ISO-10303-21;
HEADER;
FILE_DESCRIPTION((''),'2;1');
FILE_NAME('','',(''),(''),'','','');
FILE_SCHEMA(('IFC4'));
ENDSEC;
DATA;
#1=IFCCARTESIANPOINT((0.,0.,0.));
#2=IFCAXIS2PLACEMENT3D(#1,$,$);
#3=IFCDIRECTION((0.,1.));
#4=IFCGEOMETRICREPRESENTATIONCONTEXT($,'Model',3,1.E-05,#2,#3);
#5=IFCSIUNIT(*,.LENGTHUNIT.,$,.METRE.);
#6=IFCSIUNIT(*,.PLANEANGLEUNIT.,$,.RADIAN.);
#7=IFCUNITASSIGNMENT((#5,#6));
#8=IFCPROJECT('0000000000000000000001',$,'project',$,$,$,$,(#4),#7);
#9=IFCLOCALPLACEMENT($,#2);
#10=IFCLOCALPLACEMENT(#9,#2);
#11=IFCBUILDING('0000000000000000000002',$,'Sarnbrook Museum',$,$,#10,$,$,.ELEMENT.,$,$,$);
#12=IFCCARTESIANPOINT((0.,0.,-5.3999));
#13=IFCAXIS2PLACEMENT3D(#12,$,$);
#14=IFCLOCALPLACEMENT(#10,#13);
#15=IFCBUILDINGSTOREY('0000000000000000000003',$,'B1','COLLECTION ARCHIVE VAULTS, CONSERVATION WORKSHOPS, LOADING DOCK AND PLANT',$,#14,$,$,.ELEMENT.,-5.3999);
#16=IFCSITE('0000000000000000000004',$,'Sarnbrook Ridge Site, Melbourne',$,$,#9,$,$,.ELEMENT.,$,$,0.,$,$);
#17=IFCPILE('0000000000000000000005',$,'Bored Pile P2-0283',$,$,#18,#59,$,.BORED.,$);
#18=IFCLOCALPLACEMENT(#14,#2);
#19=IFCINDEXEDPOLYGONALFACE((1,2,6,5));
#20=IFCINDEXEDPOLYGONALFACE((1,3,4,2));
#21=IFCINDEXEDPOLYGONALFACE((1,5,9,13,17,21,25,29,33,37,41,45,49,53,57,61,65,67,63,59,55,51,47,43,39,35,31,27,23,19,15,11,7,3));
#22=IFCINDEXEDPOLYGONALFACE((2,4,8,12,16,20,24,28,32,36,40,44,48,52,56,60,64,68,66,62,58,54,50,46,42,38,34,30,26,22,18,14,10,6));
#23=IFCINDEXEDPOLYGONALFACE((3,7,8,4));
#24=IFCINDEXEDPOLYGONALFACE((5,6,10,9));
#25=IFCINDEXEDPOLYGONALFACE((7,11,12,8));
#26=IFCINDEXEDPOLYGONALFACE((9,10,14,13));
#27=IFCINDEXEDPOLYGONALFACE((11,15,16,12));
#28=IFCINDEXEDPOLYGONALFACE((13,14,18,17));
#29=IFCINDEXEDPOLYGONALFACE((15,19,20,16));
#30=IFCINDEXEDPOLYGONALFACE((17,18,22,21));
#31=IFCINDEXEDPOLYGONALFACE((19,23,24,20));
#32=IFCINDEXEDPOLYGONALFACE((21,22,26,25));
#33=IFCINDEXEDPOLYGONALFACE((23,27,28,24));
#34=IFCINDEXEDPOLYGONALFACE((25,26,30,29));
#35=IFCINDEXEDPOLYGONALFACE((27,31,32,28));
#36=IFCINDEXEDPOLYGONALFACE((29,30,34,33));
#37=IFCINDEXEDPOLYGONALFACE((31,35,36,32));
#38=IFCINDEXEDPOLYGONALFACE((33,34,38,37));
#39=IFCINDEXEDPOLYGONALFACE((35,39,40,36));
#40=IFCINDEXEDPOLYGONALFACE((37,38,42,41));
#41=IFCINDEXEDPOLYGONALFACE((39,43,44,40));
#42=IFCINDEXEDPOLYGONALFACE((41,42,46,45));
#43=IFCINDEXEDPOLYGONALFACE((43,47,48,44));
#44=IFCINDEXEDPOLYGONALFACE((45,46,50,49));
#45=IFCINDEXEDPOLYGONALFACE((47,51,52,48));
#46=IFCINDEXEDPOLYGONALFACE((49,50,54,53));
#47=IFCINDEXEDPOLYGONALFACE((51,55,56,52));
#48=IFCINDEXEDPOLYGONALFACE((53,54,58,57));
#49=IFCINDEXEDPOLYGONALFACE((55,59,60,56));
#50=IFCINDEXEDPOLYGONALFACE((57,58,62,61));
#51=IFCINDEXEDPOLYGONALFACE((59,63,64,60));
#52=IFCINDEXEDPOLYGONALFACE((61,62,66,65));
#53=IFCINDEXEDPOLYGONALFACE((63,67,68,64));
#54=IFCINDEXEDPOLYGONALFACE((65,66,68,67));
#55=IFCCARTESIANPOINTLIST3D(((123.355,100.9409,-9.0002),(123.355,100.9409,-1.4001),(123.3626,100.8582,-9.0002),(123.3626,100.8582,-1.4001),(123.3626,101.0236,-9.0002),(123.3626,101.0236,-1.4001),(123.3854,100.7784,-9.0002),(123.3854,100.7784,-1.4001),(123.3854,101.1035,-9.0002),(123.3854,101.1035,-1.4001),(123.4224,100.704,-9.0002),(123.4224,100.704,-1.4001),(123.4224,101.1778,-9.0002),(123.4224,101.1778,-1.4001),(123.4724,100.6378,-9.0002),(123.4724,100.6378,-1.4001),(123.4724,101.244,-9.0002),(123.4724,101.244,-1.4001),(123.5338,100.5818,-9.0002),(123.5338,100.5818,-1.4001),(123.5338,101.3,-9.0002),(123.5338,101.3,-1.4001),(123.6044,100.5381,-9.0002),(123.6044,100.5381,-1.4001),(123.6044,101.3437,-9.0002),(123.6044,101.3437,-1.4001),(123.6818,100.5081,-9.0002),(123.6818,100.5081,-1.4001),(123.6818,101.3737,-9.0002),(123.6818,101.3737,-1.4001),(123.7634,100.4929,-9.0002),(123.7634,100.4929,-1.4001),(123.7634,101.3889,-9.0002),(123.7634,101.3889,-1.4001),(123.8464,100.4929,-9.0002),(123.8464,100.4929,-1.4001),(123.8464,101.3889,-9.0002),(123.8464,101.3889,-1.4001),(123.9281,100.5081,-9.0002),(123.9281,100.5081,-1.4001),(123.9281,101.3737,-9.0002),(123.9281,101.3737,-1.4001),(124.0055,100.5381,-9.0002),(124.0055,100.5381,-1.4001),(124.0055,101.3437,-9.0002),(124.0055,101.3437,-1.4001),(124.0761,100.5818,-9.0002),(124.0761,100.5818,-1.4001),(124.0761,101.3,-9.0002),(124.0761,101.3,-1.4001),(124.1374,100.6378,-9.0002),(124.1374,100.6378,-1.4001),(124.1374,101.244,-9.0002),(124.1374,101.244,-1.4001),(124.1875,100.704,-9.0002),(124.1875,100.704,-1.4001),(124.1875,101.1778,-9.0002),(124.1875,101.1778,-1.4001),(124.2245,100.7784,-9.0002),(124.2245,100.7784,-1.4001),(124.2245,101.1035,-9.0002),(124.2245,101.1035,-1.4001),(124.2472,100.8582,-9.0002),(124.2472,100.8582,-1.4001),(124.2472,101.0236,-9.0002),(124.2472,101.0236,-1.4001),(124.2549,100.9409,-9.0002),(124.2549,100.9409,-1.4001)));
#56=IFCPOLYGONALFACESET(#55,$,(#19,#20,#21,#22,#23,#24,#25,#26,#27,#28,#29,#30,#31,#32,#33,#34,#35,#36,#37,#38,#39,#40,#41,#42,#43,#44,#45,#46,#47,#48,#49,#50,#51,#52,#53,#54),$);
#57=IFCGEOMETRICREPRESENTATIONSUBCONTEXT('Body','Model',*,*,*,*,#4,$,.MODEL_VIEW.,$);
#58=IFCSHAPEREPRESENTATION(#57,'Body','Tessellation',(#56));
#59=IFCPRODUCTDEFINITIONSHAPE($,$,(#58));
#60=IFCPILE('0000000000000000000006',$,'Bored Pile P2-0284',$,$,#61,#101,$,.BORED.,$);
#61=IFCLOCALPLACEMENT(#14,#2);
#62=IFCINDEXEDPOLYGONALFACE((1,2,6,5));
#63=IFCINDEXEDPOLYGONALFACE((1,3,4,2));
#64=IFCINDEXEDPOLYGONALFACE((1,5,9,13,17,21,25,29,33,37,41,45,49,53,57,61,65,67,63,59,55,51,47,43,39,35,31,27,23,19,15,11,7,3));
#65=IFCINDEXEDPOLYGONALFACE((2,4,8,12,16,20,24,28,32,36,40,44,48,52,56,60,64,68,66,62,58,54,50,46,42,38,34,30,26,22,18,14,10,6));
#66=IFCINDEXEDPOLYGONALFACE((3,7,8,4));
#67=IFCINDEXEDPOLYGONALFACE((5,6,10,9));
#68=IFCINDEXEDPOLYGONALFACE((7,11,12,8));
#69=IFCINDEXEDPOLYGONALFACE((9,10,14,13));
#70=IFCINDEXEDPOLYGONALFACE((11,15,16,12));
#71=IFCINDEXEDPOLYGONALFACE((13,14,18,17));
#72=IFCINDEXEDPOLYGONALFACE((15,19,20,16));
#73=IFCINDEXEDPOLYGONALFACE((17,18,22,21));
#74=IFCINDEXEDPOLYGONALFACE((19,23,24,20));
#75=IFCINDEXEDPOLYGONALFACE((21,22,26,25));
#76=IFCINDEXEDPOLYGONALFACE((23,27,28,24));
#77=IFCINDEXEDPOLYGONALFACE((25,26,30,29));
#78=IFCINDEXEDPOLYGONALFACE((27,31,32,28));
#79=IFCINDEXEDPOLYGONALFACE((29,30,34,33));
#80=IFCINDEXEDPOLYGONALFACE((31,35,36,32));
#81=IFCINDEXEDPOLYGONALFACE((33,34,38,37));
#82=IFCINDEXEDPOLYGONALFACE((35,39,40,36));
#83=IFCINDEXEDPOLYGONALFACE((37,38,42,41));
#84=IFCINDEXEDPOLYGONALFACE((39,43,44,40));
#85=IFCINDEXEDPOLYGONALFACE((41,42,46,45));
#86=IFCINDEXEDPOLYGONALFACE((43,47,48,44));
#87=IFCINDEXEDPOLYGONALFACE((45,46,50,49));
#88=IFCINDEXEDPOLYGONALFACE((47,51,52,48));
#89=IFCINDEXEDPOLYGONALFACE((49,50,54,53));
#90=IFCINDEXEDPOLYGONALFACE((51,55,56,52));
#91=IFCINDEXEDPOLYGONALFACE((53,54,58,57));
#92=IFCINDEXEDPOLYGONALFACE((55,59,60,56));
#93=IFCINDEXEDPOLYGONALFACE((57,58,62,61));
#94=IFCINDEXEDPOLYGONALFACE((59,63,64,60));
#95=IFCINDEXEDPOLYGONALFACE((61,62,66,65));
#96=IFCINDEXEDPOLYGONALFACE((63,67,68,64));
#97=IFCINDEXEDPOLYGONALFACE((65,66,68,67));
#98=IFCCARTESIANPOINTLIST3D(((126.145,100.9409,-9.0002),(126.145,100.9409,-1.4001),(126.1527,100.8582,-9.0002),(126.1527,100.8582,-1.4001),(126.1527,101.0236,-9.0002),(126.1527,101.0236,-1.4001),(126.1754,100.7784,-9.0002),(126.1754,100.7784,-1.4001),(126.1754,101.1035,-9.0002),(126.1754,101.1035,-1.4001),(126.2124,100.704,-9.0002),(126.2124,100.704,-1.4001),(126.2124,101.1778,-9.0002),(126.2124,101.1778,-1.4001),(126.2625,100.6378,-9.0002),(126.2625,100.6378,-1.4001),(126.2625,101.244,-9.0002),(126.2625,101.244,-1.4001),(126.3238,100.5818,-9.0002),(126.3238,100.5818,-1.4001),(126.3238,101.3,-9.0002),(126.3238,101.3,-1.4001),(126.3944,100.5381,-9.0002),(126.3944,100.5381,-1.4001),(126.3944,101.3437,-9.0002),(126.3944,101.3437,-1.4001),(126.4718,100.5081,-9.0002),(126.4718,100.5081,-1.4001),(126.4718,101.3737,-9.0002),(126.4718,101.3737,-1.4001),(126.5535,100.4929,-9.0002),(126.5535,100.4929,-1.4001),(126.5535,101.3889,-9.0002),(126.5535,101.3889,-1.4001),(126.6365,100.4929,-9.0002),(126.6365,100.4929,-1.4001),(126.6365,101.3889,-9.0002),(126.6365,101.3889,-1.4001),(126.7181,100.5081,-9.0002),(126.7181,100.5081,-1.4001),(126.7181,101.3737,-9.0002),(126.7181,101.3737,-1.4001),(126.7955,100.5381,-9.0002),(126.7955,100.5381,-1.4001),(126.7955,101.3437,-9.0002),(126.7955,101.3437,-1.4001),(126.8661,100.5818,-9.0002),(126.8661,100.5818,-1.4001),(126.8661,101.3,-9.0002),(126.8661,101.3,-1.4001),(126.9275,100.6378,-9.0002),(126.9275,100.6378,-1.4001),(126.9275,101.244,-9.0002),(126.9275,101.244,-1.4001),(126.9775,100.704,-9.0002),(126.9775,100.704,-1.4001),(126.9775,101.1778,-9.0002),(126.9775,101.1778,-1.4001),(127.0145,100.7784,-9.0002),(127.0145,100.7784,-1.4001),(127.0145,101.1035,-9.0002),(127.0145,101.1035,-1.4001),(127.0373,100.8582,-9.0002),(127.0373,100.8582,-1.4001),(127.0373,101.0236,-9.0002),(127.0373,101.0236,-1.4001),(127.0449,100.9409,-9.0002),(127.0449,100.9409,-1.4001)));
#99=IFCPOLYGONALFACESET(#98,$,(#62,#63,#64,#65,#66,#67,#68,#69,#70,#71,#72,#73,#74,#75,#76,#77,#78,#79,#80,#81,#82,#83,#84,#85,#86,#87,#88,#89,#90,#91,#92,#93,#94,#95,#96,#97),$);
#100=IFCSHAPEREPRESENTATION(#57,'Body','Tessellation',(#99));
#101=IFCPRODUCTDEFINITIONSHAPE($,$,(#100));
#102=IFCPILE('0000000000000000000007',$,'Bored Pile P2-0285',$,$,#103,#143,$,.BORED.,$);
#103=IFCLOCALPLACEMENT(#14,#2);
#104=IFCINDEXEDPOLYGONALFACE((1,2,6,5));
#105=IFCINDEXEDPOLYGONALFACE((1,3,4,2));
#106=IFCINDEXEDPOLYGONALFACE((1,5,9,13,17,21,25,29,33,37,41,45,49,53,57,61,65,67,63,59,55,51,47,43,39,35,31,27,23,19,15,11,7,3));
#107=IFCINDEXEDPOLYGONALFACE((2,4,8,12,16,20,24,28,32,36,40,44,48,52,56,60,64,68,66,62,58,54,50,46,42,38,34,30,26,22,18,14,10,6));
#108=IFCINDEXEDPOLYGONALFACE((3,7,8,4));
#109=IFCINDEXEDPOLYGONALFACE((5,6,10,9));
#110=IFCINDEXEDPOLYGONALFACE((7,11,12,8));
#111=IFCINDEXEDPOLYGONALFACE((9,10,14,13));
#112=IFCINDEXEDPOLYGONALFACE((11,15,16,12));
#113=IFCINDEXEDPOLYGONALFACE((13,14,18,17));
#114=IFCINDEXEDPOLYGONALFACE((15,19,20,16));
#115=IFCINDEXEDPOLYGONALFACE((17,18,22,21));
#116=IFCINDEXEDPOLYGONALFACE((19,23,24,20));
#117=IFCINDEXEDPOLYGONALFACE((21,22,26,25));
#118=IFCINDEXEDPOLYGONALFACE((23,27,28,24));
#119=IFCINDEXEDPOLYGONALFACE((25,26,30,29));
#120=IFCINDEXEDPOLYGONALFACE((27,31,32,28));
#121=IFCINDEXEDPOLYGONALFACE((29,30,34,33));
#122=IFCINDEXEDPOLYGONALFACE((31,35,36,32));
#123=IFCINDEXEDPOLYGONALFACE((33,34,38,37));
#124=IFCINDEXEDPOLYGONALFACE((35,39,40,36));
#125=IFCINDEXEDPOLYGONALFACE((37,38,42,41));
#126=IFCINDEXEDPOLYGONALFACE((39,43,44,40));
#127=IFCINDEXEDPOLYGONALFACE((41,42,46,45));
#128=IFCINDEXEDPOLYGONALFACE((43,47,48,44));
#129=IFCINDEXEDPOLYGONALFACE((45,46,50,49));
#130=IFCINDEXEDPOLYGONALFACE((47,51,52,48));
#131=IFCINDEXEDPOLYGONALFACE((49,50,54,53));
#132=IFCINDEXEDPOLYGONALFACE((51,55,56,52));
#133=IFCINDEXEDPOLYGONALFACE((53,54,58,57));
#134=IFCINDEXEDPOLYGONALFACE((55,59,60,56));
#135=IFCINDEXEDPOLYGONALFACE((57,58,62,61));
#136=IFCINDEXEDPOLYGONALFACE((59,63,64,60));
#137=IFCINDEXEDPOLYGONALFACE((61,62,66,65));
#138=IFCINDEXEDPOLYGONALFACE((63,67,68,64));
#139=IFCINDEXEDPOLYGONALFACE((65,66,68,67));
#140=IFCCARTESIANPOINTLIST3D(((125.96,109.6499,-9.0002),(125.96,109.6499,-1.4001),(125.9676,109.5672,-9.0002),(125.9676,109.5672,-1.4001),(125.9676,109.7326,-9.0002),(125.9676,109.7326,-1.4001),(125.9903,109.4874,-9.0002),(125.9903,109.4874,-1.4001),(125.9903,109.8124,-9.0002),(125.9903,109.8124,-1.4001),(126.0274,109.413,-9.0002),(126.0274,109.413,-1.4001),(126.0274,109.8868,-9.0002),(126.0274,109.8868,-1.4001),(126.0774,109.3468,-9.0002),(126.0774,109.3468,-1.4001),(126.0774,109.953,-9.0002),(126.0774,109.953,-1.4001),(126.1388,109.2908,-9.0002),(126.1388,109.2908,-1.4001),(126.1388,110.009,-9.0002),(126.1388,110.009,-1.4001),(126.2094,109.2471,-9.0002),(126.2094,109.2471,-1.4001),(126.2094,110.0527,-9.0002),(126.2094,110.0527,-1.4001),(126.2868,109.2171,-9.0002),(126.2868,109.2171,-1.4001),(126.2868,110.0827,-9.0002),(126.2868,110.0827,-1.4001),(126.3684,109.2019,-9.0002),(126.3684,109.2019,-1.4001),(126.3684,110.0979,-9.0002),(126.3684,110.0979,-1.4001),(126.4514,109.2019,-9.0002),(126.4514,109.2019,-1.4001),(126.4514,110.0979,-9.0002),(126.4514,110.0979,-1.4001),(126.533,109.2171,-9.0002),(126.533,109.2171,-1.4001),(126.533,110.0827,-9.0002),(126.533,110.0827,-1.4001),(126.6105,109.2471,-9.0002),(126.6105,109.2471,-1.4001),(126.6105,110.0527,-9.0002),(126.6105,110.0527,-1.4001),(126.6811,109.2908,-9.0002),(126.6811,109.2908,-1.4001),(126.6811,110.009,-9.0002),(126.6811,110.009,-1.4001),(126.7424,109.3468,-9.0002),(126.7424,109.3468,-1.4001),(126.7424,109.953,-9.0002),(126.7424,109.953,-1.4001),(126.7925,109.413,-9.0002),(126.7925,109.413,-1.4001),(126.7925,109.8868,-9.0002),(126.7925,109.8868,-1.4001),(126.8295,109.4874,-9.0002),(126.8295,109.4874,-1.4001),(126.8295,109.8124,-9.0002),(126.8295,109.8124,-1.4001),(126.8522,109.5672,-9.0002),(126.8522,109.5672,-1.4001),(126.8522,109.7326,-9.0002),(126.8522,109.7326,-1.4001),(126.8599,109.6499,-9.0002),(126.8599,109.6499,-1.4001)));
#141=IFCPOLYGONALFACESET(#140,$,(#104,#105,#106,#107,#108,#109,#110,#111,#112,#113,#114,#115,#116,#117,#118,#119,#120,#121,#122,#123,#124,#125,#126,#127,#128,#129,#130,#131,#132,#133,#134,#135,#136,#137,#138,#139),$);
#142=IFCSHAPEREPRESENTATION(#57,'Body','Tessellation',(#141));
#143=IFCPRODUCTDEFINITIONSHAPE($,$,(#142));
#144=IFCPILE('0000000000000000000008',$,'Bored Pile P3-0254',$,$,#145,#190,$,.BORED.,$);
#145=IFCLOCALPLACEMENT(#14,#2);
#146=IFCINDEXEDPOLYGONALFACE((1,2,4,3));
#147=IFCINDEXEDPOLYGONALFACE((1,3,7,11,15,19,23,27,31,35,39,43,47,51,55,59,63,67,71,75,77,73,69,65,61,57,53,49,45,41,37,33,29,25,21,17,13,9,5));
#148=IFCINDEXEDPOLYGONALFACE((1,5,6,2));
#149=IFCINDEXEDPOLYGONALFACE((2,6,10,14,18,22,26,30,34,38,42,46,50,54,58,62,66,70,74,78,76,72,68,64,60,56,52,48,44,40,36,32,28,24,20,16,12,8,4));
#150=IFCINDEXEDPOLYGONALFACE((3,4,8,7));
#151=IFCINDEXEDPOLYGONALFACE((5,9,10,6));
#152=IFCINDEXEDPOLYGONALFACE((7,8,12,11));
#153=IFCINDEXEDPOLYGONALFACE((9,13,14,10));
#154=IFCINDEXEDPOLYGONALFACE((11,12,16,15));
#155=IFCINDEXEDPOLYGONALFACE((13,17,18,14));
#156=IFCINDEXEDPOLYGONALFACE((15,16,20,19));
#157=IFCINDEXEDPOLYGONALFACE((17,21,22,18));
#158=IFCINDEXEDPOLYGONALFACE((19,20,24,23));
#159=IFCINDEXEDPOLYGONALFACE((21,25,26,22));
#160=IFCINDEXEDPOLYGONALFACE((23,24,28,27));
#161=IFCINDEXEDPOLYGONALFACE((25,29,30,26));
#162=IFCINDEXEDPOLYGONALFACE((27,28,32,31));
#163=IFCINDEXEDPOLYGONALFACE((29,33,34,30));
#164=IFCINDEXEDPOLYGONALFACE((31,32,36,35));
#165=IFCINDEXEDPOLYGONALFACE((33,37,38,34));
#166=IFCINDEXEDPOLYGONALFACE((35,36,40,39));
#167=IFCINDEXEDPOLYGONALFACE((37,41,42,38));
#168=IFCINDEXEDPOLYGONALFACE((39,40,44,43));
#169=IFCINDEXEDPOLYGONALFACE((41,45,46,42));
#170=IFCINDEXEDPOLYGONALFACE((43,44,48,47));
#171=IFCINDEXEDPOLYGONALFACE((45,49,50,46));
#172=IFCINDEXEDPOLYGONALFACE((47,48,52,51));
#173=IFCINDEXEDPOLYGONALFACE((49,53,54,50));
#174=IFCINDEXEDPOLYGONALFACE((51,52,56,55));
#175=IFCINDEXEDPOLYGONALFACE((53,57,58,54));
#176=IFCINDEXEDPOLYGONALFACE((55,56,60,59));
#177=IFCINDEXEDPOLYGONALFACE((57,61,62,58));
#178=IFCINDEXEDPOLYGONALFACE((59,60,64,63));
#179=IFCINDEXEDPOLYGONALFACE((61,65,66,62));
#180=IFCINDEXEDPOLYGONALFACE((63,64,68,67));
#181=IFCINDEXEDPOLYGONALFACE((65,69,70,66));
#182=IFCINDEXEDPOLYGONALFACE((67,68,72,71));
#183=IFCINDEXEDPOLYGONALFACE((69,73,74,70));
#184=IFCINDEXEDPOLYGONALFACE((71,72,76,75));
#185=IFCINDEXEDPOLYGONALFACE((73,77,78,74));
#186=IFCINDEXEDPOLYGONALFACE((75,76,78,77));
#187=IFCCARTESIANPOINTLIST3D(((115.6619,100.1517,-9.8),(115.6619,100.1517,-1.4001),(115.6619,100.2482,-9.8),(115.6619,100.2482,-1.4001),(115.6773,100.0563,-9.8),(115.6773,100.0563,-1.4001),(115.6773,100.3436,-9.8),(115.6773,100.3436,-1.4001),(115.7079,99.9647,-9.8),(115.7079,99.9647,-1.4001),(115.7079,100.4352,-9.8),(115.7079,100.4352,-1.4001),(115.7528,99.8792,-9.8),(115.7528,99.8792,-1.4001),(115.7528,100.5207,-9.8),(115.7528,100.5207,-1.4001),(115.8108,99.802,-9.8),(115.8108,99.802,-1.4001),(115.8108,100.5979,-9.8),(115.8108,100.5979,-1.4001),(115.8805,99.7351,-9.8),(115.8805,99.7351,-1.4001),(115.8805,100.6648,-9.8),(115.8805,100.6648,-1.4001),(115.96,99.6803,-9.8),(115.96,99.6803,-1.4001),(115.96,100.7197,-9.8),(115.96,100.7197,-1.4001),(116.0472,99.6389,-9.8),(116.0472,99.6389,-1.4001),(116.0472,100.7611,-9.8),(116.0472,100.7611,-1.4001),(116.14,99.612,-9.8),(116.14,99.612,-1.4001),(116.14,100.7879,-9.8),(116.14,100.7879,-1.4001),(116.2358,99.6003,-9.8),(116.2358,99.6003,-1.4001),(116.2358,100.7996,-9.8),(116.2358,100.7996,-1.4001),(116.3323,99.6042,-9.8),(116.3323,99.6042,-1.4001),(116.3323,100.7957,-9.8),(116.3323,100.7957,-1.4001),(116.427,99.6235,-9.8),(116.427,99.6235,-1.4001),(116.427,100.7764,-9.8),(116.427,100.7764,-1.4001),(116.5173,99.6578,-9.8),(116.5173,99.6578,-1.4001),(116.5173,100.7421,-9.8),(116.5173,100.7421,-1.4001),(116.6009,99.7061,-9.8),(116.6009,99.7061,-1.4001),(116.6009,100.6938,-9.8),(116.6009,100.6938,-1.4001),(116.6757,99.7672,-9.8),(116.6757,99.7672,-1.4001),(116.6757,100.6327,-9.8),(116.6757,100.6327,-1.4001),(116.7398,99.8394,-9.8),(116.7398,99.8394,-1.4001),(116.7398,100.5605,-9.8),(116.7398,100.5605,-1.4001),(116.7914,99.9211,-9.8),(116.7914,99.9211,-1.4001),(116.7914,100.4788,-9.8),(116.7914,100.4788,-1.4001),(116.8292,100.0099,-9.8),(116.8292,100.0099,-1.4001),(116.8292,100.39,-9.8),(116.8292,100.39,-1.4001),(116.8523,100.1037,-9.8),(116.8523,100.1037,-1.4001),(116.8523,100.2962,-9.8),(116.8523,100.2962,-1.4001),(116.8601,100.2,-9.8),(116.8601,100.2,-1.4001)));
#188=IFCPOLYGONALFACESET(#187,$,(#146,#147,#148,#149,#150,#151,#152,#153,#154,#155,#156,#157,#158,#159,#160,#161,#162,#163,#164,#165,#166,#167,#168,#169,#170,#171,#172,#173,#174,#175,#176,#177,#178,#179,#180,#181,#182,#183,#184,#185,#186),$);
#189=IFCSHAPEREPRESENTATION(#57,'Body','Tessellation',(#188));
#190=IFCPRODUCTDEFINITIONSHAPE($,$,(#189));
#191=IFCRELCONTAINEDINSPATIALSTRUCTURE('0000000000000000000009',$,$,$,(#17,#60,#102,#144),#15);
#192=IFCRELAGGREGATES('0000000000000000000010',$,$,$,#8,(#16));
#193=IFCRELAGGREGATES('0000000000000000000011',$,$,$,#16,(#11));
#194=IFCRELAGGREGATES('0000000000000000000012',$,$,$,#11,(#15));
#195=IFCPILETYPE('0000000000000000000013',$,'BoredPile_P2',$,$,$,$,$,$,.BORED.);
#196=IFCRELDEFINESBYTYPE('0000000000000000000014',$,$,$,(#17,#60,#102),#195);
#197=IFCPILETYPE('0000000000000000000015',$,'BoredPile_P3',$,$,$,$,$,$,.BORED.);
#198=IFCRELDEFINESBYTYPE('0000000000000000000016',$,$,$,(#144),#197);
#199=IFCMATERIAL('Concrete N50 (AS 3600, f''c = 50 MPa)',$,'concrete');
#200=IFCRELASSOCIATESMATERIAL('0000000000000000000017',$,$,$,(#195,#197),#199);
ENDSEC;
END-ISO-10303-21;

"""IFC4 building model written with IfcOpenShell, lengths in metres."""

from ifc_helpers import new_model, si_unit, direction, frame, origin, origin_2d, place, context, subcontext, project, spatial, circle, extrude, material, material_profile, profile_set, type_object, element, save


model = new_model("IFC4")

# Units and contexts
model_context = context("Model", 3, precision=1e-05, world=origin(), true_north=direction((0.0, 1.0)))
body_context = subcontext(model_context, "Body", "Model", "MODEL_VIEW")
ifc_project = project(units=[si_unit("LENGTHUNIT", "METRE"), si_unit("PLANEANGLEUNIT", "RADIAN")], contexts=[model_context])

# Site, building, storey
site_placement = place(None, origin())
site = spatial("IfcSite", under=ifc_project, at=site_placement, Name="Sarnbrook Ridge Site, Melbourne", CompositionType="ELEMENT", RefElevation=0.0)
building_placement = place(site_placement, origin())
building = spatial("IfcBuilding", under=site, at=building_placement, Name="Sarnbrook Museum", CompositionType="ELEMENT")
storey_placement = place(building_placement, frame((0.0, 0.0, -5.3999)))
storey = spatial("IfcBuildingStorey", under=building, at=storey_placement, Name="B1", Description="COLLECTION ARCHIVE VAULTS, CONSERVATION WORKSHOPS, LOADING DOCK AND PLANT", CompositionType="ELEMENT", Elevation=-5.3999)

# Piles
ifc_material_1 = material(Name="Concrete N50 (AS 3600, f'c = 50 MPa)", Category="concrete")
ifc_material_profile_1 = material_profile(ifc_material_1, circle(Radius=0.45, at=origin_2d()), Name="BORED PILE D900")
ifc_profile_set_1 = profile_set([ifc_material_profile_1], Name="Concrete N50 (AS 3600, f'c = 50 MPa)")
pile_type_1 = type_object("IfcPileType", Name="BoredPile_P2", PredefinedType="BORED", material=ifc_profile_set_1)
for number, where, z_axis, x_axis, name in (
    (1, (123.8049, 100.9409, -1.4001), (0.0, 0.0, -1.0), (1.0, 0.0, 0.0), "Bored Pile P2-0283"),
    (2, (126.595, 100.9409, -1.4001), (0.0, 0.0, -1.0), (1.0, 0.0, 0.0), "Bored Pile P2-0284"),
    (3, (126.4099, 109.6499, -1.4001), (0.0, 0.0, -1.0), (1.0, 0.0, 0.0), "Bored Pile P2-0285"),
):
    element("IfcPile", number, at=place(storey_placement, frame(where, z_axis=z_axis, x_axis=x_axis)), inside=storey, type_object=pile_type_1, Name=name, PredefinedType="BORED", context=body_context, shape_type="SweptSolid", body=[
        extrude(circle(Radius=0.45, at=origin_2d()), origin(), (0.0, 0.0, 1.0), 7.6001),
    ])
ifc_material_profile_2 = material_profile(ifc_material_1, circle(Radius=0.6001, at=origin_2d()), Name="BORED PILE D1200")
ifc_profile_set_2 = profile_set([ifc_material_profile_2], Name="Concrete N50 (AS 3600, f'c = 50 MPa)")
pile_type_2 = type_object("IfcPileType", Name="BoredPile_P3", PredefinedType="BORED", material=ifc_profile_set_2)
for number, where, z_axis, x_axis, name in (
    (4, (116.26, 100.2, -1.4001), (0.0, 0.0, -1.0), (1.0, 0.0, 0.0), "Bored Pile P3-0254"),
):
    element("IfcPile", number, at=place(storey_placement, frame(where, z_axis=z_axis, x_axis=x_axis)), inside=storey, type_object=pile_type_2, Name=name, PredefinedType="BORED", context=body_context, shape_type="SweptSolid", body=[
        extrude(circle(Radius=0.6001, at=origin_2d()), origin(), (0.0, 0.0, 1.0), 8.3999),
    ])

save(model, "model.ifc")
